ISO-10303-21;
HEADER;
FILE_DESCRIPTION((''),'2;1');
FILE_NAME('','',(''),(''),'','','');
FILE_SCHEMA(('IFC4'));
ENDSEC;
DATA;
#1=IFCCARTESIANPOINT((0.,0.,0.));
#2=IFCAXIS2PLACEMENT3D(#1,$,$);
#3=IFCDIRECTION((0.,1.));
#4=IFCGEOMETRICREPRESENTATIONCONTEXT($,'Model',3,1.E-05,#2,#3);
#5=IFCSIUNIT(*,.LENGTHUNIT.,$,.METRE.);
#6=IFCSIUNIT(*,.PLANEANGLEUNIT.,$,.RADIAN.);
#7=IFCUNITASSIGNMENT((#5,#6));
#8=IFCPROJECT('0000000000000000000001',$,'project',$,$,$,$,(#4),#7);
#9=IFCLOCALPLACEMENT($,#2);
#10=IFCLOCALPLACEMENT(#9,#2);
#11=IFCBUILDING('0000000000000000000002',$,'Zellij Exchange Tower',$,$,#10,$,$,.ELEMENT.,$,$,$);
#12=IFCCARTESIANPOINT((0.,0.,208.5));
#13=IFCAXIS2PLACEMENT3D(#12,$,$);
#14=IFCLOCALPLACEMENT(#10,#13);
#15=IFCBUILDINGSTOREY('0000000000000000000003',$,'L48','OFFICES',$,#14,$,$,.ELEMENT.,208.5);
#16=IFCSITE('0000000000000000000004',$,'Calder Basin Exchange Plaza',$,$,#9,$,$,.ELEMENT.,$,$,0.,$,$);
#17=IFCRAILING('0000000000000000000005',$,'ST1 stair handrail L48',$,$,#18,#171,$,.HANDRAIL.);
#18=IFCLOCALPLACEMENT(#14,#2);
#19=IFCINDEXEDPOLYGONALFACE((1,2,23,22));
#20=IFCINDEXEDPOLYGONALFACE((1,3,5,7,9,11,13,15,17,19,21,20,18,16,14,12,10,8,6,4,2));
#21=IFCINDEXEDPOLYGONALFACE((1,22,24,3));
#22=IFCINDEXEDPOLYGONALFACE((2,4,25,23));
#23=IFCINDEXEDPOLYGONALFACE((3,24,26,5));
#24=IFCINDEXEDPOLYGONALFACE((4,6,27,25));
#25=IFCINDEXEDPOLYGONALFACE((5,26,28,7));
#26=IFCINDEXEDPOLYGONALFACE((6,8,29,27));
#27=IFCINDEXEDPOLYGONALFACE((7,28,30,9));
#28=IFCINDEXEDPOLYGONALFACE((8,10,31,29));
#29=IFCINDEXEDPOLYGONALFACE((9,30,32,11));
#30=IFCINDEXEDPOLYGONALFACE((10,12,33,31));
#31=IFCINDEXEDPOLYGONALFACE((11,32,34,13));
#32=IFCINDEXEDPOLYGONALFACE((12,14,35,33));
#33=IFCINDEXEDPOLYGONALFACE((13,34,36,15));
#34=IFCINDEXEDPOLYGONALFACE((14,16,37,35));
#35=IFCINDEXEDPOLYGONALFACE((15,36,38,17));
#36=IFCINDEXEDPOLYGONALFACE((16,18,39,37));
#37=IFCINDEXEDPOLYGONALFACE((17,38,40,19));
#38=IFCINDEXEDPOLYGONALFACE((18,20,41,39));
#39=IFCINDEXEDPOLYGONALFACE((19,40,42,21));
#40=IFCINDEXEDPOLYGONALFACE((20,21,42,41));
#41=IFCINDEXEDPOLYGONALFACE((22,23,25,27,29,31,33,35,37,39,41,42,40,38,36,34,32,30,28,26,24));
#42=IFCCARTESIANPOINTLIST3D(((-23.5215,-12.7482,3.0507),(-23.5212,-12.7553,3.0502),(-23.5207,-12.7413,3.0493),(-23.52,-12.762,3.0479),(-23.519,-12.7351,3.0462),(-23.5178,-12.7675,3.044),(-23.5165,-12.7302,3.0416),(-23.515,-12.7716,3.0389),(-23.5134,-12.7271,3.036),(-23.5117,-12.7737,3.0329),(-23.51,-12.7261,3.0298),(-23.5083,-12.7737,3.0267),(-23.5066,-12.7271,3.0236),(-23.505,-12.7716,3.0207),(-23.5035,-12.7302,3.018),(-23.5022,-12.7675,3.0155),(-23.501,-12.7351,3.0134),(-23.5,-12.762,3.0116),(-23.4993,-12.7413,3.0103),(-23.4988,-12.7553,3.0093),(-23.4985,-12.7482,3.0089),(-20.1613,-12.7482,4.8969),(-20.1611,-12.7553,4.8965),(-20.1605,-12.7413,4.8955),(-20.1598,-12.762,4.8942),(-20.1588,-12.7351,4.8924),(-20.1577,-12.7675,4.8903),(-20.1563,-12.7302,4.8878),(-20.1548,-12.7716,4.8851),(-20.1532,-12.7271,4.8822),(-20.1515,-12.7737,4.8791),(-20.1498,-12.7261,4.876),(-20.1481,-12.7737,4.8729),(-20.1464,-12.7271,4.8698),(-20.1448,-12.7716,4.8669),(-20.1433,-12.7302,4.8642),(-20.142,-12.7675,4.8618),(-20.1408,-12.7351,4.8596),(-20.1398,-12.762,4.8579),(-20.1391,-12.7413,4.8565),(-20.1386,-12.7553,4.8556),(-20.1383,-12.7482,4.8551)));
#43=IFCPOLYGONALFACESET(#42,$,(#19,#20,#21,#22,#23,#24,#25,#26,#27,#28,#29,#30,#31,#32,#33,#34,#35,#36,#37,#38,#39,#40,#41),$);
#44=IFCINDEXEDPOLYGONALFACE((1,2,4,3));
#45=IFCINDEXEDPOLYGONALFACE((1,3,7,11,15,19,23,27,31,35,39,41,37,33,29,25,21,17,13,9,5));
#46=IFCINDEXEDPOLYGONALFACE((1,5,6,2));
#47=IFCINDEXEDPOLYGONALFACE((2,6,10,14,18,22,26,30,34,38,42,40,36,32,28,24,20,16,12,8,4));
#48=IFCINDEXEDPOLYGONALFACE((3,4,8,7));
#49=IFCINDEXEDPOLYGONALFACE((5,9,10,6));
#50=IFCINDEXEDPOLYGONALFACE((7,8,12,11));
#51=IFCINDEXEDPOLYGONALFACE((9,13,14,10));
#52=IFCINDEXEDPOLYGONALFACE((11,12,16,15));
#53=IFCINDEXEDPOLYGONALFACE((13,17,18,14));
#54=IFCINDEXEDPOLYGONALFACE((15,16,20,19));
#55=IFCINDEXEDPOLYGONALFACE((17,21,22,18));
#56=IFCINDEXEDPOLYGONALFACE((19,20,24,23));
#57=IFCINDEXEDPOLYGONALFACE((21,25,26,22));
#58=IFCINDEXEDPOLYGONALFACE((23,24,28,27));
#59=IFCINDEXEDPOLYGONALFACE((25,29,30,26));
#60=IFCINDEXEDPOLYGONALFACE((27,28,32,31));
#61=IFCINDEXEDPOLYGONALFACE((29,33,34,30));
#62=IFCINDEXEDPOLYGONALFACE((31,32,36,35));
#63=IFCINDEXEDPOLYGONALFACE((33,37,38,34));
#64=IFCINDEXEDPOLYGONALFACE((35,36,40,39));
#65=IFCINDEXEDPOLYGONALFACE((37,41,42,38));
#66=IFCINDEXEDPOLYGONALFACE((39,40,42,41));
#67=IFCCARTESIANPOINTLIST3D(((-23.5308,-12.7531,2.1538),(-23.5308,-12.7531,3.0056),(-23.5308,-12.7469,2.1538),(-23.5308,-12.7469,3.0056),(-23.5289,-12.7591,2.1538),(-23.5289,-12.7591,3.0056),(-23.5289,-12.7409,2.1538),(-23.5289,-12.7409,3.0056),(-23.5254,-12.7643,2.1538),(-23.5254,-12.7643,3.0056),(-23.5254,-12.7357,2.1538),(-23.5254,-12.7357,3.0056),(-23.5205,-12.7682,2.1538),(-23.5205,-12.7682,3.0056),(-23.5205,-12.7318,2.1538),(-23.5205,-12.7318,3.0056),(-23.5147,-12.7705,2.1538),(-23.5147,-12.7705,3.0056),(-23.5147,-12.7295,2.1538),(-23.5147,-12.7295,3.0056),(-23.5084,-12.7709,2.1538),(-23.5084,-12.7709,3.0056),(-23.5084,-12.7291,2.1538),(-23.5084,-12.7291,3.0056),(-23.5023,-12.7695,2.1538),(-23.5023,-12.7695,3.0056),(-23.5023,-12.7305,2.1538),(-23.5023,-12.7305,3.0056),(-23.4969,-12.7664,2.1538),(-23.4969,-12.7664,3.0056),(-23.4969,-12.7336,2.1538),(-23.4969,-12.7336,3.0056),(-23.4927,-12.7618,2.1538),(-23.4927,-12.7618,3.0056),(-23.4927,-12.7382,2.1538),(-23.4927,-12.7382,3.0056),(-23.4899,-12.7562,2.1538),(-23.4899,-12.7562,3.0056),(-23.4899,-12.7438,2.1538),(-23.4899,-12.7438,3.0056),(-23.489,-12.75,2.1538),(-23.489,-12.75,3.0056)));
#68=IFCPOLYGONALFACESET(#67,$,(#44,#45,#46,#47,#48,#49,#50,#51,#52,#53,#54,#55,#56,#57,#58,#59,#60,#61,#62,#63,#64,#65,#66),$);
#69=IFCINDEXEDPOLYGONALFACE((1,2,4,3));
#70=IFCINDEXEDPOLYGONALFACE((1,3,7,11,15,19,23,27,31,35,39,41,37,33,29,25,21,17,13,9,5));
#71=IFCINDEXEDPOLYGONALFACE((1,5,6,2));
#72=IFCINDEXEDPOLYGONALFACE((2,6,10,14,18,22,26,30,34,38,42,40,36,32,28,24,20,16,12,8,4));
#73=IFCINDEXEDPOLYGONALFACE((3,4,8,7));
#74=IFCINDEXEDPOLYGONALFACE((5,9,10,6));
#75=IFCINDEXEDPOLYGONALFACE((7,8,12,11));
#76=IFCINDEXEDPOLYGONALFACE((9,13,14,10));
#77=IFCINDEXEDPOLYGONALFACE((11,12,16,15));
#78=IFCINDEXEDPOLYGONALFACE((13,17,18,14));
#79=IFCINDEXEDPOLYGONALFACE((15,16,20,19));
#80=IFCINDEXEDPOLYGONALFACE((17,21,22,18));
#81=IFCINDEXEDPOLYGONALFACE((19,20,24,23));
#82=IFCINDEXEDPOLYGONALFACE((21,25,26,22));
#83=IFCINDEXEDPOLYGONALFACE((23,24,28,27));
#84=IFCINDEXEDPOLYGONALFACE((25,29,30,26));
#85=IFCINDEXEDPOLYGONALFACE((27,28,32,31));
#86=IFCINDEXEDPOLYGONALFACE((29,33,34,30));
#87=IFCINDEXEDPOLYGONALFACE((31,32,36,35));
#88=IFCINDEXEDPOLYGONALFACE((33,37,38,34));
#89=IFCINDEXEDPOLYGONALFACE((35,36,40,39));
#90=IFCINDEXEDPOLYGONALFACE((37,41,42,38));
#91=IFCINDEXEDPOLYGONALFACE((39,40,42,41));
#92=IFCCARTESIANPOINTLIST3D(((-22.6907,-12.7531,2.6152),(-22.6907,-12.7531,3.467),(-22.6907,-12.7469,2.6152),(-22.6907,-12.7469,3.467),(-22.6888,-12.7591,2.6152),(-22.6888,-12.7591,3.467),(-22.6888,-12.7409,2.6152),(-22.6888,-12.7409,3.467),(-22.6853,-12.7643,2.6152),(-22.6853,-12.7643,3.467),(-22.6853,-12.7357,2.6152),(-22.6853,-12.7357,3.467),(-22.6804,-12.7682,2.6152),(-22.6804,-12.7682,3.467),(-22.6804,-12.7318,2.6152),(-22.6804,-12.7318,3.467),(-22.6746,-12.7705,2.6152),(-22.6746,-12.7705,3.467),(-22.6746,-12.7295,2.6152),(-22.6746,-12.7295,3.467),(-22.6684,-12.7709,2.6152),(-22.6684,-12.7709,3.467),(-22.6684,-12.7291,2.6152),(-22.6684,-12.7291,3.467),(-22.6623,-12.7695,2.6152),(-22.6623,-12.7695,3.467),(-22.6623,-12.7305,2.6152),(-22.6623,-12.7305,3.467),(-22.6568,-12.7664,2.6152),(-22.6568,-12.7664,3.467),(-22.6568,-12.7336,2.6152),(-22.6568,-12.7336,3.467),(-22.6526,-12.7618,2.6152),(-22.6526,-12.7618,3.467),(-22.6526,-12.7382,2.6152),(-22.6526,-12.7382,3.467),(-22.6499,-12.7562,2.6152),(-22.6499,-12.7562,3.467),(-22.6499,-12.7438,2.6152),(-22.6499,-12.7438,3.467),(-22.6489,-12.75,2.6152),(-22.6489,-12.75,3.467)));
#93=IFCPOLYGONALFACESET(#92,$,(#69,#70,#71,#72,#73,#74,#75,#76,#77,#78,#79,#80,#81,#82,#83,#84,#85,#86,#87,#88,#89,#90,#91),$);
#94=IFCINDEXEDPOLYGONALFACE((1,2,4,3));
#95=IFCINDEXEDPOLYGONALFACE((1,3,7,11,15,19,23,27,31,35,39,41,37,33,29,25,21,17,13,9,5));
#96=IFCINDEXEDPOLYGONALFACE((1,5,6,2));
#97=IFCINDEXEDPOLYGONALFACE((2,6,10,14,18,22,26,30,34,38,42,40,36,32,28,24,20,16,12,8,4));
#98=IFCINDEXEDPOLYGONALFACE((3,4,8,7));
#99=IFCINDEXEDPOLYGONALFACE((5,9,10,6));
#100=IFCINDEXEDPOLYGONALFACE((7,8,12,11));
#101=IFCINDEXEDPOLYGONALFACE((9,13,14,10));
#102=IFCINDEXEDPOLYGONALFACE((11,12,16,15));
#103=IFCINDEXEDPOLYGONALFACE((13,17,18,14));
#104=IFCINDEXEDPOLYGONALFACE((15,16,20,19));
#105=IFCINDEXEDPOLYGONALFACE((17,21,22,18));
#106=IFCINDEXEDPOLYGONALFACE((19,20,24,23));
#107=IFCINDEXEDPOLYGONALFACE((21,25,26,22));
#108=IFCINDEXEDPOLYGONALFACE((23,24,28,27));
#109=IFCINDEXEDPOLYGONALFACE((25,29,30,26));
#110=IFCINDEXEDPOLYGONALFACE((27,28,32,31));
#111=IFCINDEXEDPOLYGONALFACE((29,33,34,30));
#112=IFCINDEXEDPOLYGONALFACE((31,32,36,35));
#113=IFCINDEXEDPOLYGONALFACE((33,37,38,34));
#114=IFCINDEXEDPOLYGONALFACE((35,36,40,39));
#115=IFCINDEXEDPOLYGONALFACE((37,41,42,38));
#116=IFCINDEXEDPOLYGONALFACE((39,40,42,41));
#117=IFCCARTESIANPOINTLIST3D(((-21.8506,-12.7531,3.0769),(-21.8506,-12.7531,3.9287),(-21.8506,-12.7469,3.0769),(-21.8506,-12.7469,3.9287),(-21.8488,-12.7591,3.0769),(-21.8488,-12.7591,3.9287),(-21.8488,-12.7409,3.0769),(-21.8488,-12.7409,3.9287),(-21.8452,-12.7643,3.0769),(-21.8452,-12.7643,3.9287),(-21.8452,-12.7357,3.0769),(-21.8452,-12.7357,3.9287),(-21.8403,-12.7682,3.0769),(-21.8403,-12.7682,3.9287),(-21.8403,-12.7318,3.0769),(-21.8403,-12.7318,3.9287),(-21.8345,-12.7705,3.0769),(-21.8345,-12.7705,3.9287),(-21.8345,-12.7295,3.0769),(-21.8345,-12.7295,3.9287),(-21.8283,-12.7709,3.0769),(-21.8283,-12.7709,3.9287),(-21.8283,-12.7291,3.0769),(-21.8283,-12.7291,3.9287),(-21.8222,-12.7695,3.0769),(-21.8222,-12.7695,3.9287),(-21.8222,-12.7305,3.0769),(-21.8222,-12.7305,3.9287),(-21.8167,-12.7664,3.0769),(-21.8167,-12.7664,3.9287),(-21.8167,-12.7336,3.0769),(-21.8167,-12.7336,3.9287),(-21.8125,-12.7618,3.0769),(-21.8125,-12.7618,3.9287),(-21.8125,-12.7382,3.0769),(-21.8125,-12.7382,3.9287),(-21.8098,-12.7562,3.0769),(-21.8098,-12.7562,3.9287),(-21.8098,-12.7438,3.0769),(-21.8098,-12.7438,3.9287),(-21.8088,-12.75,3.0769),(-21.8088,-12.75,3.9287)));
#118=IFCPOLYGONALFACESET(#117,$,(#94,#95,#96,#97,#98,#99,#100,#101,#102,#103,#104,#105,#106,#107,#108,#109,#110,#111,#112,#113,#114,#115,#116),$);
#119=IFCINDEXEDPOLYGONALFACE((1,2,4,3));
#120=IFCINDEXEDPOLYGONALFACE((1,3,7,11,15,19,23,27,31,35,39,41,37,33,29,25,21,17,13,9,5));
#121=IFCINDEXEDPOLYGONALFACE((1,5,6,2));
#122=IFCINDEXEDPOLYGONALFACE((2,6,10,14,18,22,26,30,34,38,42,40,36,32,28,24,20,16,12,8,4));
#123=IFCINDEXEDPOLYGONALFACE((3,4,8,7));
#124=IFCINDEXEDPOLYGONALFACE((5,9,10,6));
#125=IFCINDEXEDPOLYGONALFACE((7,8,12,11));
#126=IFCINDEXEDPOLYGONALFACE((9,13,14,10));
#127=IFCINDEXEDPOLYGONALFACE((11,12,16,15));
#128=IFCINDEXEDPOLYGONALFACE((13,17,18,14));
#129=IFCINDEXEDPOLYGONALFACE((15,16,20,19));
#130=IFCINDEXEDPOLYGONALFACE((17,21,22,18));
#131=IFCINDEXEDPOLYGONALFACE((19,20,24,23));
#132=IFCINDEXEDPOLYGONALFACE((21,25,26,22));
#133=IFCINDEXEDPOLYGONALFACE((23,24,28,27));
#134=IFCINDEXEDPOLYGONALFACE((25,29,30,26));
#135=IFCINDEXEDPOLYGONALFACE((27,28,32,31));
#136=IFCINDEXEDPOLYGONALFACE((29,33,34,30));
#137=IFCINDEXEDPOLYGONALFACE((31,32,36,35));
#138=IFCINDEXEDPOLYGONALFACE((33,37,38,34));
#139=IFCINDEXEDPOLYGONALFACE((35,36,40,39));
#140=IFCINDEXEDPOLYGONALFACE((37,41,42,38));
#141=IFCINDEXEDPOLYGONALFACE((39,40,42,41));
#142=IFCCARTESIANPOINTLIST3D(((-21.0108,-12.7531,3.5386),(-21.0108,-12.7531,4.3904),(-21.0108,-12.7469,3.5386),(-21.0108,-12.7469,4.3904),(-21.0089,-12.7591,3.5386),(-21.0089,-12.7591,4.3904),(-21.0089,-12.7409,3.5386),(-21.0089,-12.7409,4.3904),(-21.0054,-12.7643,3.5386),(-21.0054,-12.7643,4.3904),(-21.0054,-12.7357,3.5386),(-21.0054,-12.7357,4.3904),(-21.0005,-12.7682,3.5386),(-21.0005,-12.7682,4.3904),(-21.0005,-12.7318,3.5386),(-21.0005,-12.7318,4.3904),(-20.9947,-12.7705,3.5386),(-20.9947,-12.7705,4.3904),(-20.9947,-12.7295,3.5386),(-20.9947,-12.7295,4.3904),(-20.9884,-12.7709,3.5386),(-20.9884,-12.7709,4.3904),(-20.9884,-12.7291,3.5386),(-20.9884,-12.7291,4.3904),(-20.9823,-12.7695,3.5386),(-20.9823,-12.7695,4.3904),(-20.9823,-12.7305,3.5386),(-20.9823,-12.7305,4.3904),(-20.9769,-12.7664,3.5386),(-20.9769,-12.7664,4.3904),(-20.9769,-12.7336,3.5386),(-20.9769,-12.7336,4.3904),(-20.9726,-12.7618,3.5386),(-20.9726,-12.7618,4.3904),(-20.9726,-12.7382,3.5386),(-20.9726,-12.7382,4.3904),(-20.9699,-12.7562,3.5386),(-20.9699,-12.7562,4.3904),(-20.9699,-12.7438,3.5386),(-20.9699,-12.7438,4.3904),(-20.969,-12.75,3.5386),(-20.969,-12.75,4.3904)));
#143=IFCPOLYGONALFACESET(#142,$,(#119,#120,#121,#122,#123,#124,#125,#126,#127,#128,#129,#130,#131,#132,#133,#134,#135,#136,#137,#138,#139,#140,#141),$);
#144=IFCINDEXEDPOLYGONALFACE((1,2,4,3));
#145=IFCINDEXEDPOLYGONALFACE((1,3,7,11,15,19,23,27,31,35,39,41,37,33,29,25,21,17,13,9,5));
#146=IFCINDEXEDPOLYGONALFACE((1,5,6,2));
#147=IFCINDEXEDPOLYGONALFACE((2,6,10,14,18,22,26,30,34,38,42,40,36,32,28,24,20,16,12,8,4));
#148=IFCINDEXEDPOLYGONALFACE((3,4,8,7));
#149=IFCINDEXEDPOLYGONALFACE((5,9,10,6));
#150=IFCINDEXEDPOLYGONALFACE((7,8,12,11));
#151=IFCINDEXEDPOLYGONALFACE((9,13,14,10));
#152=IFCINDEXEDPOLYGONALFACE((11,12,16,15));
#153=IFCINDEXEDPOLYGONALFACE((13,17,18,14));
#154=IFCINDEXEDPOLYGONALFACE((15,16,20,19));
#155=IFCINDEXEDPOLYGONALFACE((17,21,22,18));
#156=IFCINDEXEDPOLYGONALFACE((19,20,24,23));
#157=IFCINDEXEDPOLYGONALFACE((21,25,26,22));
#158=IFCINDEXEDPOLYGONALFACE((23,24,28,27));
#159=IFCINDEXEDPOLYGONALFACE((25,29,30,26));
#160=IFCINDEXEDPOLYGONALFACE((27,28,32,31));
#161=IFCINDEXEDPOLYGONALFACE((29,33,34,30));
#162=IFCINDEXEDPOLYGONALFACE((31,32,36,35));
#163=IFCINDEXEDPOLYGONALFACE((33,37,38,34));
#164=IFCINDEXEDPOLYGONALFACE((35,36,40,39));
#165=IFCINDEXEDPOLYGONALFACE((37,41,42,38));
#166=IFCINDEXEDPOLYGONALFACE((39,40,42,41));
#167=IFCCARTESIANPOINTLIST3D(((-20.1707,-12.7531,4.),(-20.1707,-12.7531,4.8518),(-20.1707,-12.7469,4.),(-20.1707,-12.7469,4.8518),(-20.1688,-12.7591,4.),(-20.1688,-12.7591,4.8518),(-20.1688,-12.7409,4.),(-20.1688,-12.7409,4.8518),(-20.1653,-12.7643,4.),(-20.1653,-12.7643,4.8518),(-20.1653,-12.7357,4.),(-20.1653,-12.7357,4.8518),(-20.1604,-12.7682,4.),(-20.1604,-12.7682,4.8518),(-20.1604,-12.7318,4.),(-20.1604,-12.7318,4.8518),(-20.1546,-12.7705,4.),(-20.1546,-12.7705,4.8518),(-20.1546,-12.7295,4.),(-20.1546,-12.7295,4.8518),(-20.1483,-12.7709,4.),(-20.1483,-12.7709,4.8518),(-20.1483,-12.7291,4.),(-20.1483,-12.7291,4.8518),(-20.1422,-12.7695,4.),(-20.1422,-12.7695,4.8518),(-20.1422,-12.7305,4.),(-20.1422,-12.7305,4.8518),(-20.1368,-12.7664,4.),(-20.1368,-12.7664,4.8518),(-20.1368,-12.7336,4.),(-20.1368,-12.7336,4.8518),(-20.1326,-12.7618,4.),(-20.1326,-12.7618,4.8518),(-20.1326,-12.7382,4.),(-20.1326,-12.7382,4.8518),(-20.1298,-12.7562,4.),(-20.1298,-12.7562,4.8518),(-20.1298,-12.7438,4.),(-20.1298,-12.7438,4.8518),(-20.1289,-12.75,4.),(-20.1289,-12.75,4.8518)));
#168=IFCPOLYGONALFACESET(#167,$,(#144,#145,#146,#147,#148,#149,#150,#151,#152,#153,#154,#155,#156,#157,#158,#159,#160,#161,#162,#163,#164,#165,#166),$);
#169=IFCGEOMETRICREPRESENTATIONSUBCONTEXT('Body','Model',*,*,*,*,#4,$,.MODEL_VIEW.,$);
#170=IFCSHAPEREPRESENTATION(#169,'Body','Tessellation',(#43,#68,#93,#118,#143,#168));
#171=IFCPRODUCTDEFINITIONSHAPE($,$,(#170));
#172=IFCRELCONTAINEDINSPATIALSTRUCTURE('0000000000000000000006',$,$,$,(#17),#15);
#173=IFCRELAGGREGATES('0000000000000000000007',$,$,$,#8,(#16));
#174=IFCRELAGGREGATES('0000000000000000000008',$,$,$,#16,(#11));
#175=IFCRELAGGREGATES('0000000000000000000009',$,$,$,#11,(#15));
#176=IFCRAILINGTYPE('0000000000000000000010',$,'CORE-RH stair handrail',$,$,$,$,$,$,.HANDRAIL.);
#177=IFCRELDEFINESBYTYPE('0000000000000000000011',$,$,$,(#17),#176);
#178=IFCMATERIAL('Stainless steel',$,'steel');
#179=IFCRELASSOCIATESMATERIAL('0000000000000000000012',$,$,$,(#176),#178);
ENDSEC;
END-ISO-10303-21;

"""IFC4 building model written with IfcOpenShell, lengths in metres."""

from ifc_helpers import new_model, si_unit, direction, frame, origin, origin_2d, place, context, subcontext, project, spatial, circle, extrude, material, type_object, element, save


model = new_model("IFC4")

# Units and contexts
model_context = context("Model", 3, precision=1e-05, world=origin(), true_north=direction((0.0, 1.0)))
body_context = subcontext(model_context, "Body", "Model", "MODEL_VIEW")
ifc_project = project(units=[si_unit("LENGTHUNIT", "METRE"), si_unit("PLANEANGLEUNIT", "RADIAN")], contexts=[model_context])

# Site, building, storey
site_placement = place(None, origin())
site = spatial("IfcSite", under=ifc_project, at=site_placement, Name="Calder Basin Exchange Plaza", CompositionType="ELEMENT", RefElevation=0.0)
building_placement = place(site_placement, origin())
building = spatial("IfcBuilding", under=site, at=building_placement, Name="Zellij Exchange Tower", CompositionType="ELEMENT")
storey_placement = place(building_placement, frame((0.0, 0.0, 208.5)))
storey = spatial("IfcBuildingStorey", under=building, at=storey_placement, Name="L48", Description="OFFICES", CompositionType="ELEMENT", Elevation=208.5)

# Railing
ifc_material_1 = material(Name="Stainless steel", Category="steel")
railing_type = type_object("IfcRailingType", Name="CORE-RH stair handrail", PredefinedType="HANDRAIL", material=ifc_material_1)
railing_placement = place(storey_placement, frame((-23.51, -12.75, 2.1538)))
element("IfcRailing", 1, at=railing_placement, inside=storey, type_object=railing_type, Name="ST1 stair handrail L48", PredefinedType="HANDRAIL", context=body_context, shape_type="SweptSolid", body=[
    extrude(circle(Radius=0.0239, at=origin_2d()), frame((0.0, 0.0, 0.876), z_axis=(0.876422, 0.0, 0.481545), x_axis=(0.0, 1.0, 0.0)), (0.0, 0.0, 1.0), 3.834),
    extrude(circle(Radius=0.021, at=origin_2d()), origin(), (0.0, 0.0, 1.0), 0.8518),
    extrude(circle(Radius=0.021, at=origin_2d()), frame((0.8401, 0.0, 0.4614)), (0.0, 0.0, 1.0), 0.8518),
    extrude(circle(Radius=0.021, at=origin_2d()), frame((1.6802, 0.0, 0.9231)), (0.0, 0.0, 1.0), 0.8518),
    extrude(circle(Radius=0.021, at=origin_2d()), frame((2.52, 0.0, 1.3848)), (0.0, 0.0, 1.0), 0.8518),
    extrude(circle(Radius=0.021, at=origin_2d()), frame((3.3601, 0.0, 1.8462)), (0.0, 0.0, 1.0), 0.8518),
])

save(model, "model.ifc")
